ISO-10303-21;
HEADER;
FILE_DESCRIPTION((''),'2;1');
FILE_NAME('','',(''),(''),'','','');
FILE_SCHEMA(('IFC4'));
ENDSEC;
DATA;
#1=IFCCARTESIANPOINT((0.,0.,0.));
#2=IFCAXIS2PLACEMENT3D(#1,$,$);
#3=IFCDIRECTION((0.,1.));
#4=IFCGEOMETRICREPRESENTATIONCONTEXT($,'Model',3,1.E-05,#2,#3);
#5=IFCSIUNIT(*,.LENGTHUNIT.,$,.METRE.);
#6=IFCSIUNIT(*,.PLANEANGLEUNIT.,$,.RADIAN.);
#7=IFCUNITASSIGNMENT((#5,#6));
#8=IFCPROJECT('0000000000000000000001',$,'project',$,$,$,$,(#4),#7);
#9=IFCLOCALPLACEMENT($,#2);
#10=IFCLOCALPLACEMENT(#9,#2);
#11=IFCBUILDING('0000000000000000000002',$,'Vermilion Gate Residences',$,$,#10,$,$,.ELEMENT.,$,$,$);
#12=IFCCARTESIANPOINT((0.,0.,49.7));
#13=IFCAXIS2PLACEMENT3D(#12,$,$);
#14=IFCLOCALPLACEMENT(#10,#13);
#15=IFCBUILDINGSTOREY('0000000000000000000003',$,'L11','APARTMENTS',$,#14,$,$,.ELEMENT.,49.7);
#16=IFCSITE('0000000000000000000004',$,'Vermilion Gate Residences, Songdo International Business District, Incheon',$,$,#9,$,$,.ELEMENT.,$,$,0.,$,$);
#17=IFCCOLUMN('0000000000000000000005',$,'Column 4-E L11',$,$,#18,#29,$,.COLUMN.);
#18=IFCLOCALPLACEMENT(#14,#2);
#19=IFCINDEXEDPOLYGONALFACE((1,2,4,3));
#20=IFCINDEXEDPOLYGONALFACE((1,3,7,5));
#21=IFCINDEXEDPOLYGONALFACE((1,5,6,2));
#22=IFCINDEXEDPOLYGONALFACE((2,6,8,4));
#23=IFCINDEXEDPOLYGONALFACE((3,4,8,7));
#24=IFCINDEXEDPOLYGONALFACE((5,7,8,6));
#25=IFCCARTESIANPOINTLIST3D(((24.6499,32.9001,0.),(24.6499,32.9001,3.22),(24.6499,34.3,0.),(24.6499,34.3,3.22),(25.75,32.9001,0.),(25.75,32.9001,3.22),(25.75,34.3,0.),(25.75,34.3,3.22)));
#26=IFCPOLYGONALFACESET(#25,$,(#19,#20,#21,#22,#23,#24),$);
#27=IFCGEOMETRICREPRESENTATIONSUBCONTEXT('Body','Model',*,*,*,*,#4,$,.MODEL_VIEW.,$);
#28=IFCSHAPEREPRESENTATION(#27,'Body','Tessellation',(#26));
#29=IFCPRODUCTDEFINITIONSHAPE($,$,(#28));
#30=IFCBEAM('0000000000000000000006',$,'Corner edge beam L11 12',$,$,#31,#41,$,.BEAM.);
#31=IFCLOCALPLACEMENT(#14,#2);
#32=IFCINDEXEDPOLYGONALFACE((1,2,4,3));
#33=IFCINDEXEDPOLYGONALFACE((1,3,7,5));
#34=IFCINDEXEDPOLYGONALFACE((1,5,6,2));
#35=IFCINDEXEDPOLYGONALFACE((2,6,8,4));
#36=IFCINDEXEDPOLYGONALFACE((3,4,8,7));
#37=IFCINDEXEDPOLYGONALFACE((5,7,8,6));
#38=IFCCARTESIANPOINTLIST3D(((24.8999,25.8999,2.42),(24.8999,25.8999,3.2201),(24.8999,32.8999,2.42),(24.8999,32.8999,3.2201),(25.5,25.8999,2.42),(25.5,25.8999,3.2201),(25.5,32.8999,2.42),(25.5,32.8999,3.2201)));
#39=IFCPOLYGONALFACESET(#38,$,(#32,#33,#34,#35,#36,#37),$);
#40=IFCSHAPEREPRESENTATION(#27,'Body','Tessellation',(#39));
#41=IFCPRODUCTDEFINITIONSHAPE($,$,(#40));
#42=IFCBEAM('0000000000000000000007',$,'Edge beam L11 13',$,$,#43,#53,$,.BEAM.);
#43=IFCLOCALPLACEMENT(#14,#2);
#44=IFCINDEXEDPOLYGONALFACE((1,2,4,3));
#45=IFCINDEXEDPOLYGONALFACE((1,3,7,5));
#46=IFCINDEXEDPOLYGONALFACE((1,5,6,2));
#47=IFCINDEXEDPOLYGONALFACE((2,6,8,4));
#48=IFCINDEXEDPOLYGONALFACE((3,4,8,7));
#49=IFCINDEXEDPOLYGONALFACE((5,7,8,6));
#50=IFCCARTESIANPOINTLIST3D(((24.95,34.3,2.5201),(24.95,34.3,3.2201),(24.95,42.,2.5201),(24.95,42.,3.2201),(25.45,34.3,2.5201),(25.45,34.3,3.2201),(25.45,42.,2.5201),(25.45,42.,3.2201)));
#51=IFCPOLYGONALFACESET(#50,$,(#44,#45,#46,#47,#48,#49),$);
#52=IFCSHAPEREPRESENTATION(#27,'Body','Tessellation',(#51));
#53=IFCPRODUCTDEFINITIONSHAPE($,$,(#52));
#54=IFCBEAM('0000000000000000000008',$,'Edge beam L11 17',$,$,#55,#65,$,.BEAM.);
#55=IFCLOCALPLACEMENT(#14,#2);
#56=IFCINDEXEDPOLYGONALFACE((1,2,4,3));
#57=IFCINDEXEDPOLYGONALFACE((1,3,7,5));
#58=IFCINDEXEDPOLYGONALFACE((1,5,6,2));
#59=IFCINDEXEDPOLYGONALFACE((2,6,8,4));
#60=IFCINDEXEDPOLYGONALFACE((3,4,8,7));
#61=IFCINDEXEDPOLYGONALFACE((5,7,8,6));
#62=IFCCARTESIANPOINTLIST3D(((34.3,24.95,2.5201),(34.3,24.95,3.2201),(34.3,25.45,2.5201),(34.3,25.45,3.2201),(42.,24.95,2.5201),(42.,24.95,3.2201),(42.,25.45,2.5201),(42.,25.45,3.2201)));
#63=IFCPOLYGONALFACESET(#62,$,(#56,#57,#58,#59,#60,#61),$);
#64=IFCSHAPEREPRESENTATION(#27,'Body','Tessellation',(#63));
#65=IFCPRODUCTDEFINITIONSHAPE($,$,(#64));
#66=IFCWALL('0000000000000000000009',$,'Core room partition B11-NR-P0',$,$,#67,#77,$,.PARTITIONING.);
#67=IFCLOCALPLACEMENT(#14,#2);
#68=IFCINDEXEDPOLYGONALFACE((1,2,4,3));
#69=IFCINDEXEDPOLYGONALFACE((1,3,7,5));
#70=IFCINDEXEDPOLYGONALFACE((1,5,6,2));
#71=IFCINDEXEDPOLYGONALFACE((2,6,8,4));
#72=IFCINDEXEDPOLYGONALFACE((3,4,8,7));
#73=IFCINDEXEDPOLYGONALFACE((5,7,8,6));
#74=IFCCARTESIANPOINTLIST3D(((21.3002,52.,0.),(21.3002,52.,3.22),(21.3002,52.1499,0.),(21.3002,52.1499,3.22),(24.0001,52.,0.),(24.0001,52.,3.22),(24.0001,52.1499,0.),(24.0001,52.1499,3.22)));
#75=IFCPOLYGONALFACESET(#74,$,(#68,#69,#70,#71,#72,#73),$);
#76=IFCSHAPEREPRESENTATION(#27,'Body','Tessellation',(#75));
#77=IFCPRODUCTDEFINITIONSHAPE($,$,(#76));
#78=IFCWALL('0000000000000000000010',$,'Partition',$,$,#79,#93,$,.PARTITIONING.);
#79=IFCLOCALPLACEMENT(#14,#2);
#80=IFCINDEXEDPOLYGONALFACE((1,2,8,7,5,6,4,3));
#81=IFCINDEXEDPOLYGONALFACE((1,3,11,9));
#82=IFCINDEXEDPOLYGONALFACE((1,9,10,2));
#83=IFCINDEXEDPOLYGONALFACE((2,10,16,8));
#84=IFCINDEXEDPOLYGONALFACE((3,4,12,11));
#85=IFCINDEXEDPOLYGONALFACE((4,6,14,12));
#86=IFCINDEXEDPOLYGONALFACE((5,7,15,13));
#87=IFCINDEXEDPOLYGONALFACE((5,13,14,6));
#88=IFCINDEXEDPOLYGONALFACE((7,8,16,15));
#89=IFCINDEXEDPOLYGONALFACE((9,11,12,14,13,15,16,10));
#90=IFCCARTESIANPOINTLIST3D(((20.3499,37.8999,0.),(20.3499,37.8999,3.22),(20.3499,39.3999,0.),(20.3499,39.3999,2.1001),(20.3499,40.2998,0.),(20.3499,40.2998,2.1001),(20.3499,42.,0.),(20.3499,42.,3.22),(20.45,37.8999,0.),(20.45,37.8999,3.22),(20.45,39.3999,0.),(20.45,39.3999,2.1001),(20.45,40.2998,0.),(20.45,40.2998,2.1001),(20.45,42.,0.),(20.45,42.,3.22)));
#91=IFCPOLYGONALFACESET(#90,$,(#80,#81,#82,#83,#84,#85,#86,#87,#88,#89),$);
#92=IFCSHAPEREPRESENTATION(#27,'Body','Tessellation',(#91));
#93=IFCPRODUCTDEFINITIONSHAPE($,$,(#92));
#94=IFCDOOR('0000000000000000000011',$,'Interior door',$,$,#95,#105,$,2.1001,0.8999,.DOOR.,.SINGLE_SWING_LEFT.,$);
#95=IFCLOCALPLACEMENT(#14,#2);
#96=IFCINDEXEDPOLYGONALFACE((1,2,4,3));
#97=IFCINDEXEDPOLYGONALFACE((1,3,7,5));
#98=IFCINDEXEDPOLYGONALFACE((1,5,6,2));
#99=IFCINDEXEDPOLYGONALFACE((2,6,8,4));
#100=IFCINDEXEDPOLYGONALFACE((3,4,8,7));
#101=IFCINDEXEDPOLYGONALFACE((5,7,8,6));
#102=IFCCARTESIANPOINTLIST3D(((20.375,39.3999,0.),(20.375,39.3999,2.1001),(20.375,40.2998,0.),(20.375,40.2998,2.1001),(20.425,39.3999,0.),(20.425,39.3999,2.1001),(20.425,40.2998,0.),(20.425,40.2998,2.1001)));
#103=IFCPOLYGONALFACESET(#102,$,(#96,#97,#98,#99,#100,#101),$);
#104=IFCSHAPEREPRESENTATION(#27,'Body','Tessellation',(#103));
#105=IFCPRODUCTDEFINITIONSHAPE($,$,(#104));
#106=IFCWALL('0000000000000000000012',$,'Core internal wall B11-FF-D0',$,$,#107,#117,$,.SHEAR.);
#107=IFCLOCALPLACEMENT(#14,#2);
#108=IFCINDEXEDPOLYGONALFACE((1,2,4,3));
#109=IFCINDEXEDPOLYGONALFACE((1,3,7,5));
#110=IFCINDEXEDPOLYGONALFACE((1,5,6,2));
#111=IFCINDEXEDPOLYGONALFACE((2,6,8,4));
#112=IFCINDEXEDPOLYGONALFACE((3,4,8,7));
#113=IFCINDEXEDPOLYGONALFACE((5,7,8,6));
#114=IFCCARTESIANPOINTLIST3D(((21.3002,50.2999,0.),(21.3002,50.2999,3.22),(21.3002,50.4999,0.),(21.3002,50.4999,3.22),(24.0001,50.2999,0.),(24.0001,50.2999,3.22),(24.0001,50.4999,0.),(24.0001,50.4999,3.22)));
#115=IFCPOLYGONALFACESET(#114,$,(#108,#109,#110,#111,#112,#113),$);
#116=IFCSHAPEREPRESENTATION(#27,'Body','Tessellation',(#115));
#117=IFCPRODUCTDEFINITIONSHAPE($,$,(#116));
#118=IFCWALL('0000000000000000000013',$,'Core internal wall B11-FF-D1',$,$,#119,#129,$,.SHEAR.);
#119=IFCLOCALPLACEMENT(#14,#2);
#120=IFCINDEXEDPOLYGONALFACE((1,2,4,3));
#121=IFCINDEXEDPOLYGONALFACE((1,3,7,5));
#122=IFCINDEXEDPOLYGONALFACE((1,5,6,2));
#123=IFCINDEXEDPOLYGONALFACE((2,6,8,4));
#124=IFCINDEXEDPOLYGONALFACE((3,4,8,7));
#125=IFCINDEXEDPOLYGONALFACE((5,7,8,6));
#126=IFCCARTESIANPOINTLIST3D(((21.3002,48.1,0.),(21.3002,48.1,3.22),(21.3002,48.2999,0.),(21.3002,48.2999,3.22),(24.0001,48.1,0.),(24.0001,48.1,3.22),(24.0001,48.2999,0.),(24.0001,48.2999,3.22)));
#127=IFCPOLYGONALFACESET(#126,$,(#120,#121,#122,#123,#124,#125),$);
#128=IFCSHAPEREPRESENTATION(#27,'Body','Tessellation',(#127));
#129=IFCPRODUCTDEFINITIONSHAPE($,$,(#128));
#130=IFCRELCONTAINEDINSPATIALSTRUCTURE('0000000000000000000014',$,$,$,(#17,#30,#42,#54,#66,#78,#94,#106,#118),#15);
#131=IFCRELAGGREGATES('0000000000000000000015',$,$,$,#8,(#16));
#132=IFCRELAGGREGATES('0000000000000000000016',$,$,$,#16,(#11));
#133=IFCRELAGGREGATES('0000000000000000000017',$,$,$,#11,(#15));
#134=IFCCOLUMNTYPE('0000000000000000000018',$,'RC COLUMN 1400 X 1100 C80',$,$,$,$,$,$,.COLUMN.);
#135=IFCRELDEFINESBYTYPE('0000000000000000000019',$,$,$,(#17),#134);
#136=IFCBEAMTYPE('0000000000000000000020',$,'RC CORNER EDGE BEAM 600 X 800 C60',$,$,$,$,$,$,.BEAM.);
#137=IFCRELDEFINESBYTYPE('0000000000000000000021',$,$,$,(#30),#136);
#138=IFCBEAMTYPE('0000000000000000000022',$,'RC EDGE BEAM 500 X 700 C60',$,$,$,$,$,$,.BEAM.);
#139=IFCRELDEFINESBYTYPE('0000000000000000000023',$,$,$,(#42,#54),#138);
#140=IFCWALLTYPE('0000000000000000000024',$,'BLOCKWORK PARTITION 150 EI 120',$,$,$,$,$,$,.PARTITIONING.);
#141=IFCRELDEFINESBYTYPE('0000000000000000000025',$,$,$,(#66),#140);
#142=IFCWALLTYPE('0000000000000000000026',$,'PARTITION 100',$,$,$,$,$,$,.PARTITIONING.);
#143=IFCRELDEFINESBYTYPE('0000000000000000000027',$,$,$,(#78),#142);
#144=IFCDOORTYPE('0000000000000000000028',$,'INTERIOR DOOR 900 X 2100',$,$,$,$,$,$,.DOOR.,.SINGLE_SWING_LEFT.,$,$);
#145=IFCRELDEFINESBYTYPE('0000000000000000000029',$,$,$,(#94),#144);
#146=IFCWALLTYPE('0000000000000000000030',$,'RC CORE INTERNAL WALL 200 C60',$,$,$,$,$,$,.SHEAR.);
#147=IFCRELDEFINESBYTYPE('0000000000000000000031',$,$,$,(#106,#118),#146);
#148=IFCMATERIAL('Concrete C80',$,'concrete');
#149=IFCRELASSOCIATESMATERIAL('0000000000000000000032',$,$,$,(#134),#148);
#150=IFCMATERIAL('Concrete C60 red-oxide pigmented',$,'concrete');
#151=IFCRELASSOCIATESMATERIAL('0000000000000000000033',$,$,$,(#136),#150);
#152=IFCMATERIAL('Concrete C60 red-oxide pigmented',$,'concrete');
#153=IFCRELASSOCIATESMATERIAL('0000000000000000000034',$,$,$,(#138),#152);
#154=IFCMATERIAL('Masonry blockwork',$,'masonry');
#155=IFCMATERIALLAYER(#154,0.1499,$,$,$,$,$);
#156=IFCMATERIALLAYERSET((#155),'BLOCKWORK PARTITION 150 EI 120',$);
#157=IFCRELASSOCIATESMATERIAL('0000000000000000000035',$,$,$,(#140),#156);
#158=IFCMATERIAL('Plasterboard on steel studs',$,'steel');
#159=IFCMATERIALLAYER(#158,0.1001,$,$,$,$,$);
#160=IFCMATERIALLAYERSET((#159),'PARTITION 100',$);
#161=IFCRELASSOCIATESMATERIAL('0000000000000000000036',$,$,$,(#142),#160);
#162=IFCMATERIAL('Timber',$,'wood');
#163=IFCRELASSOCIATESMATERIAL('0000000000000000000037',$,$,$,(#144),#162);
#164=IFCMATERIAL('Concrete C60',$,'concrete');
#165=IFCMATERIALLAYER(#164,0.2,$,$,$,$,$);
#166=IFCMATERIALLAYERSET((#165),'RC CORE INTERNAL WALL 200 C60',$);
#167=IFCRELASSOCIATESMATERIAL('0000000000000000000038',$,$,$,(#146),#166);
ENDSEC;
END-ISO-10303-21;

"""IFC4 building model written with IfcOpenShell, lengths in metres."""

from ifc_helpers import new_model, si_unit, direction, frame, frame_2d, origin, origin_2d, place, context, subcontext, project, spatial, rectangle, extrude, material, layer, layer_set, material_profile, profile_set, type_object, element, fill, save


model = new_model("IFC4")

# Units and contexts
model_context = context("Model", 3, precision=1e-05, world=origin(), true_north=direction((0.0, 1.0)))
body_context = subcontext(model_context, "Body", "Model", "MODEL_VIEW")
ifc_project = project(units=[si_unit("LENGTHUNIT", "METRE"), si_unit("PLANEANGLEUNIT", "RADIAN")], contexts=[model_context])

# Site, building, storey
site_placement = place(None, origin())
site = spatial("IfcSite", under=ifc_project, at=site_placement, Name="Vermilion Gate Residences, Songdo International Business District, Incheon", CompositionType="ELEMENT", RefElevation=0.0)
building_placement = place(site_placement, origin())
building = spatial("IfcBuilding", under=site, at=building_placement, Name="Vermilion Gate Residences", CompositionType="ELEMENT")
storey_placement = place(building_placement, frame((0.0, 0.0, 49.7)))
storey = spatial("IfcBuildingStorey", under=building, at=storey_placement, Name="L11", Description="APARTMENTS", CompositionType="ELEMENT", Elevation=49.7)

# Column
ifc_material_1 = material(Name="Concrete C80", Category="concrete")
ifc_material_profile_1 = material_profile(ifc_material_1, rectangle(XDim=1.3999, YDim=1.1001, at=origin_2d()), Name="RC-1400x1100")
ifc_profile_set_1 = profile_set([ifc_material_profile_1], Name="Concrete C80")
column_type = type_object("IfcColumnType", Name="RC COLUMN 1400 X 1100 C80", PredefinedType="COLUMN", material=ifc_profile_set_1)
column_placement = place(storey_placement, frame((25.2, 33.6001, 0.0), z_axis=(0.0, 0.0, 1.0), x_axis=(0.0, 1.0, 0.0)))
element("IfcColumn", 1, at=column_placement, inside=storey, type_object=column_type, Name="Column 4-E L11", PredefinedType="COLUMN", context=body_context, shape_type="SweptSolid", body=[
    extrude(rectangle(XDim=1.3999, YDim=1.1001, at=origin_2d()), origin(), (0.0, 0.0, 1.0), 3.22),
])

# Beams
ifc_material_2 = material(Name="Concrete C60 red-oxide pigmented", Category="concrete")
ifc_material_profile_2 = material_profile(ifc_material_2, rectangle(XDim=0.6001, YDim=0.8, at=origin_2d()), Name="RC-600x800")
ifc_profile_set_2 = profile_set([ifc_material_profile_2], Name="Concrete C60 red-oxide pigmented")
beam_type_1 = type_object("IfcBeamType", Name="RC CORNER EDGE BEAM 600 X 800 C60", PredefinedType="BEAM", material=ifc_profile_set_2)
beam_placement = place(storey_placement, frame((25.2, 25.8999, 2.8201), z_axis=(0.0, 1.0, 0.0), x_axis=(-1.0, 0.0, 0.0)))
element("IfcBeam", 2, at=beam_placement, inside=storey, type_object=beam_type_1, Name="Corner edge beam L11 12", PredefinedType="BEAM", context=body_context, shape_type="SweptSolid", body=[
    extrude(rectangle(XDim=0.6001, YDim=0.8, at=origin_2d()), origin(), (0.0, 0.0, 1.0), 7.0),
])
ifc_material_3 = material(Name="Concrete C60 red-oxide pigmented", Category="concrete")
ifc_material_profile_3 = material_profile(ifc_material_3, rectangle(XDim=0.5, YDim=0.7, at=origin_2d()), Name="RC-500x700")
ifc_profile_set_3 = profile_set([ifc_material_profile_3], Name="Concrete C60 red-oxide pigmented")
beam_type_2 = type_object("IfcBeamType", Name="RC EDGE BEAM 500 X 700 C60", PredefinedType="BEAM", material=ifc_profile_set_3)
for number, where, z_axis, x_axis, name in (
    (3, (25.2, 34.3, 2.8701), (0.0, 1.0, 0.0), (-1.0, 0.0, 0.0), "Edge beam L11 13"),
    (4, (34.3, 25.2, 2.8701), (1.0, 0.0, 0.0), (0.0, 1.0, 0.0), "Edge beam L11 17"),
):
    element("IfcBeam", number, at=place(storey_placement, frame(where, z_axis=z_axis, x_axis=x_axis)), inside=storey, type_object=beam_type_2, Name=name, PredefinedType="BEAM", context=body_context, shape_type="SweptSolid", body=[
        extrude(rectangle(XDim=0.5, YDim=0.7, at=origin_2d()), origin(), (0.0, 0.0, 1.0), 7.7),
    ])

# Wall
ifc_material_4 = material(Name="Masonry blockwork", Category="masonry")
ifc_layer_1 = layer(ifc_material_4, 0.1499)
ifc_layer_set_1 = layer_set([ifc_layer_1], Name="BLOCKWORK PARTITION 150 EI 120")
wall_type_1 = type_object("IfcWallType", Name="BLOCKWORK PARTITION 150 EI 120", PredefinedType="PARTITIONING", material=ifc_layer_set_1)
wall_1_placement = place(storey_placement, frame((21.3, 52.075, 0.0), z_axis=(0.0, 0.0, 1.0), x_axis=(1.0, 0.0, 0.0)))
element("IfcWall", 5, at=wall_1_placement, inside=storey, type_object=wall_type_1, Name="Core room partition B11-NR-P0", PredefinedType="PARTITIONING", context=body_context, shape_type="SweptSolid", body=[
    extrude(rectangle(XDim=2.7, YDim=0.1499, at=frame_2d((1.3501, 0.0))), origin(), (0.0, 0.0, 1.0), 3.22),
])

# Wall, opening, door
ifc_material_5 = material(Name="Plasterboard on steel studs", Category="steel")
ifc_layer_2 = layer(ifc_material_5, 0.1001)
ifc_layer_set_2 = layer_set([ifc_layer_2], Name="PARTITION 100")
wall_type_2 = type_object("IfcWallType", Name="PARTITION 100", PredefinedType="PARTITIONING", material=ifc_layer_set_2)
wall_2_placement = place(storey_placement, frame((20.3999, 37.8999, 0.0), z_axis=(0.0, 0.0, 1.0), x_axis=(0.0, 1.0, 0.0)))
wall_2 = element("IfcWall", 6, at=wall_2_placement, inside=storey, type_object=wall_type_2, Name="Partition", PredefinedType="PARTITIONING", context=body_context, shape_type="SweptSolid", body=[
    extrude(rectangle(XDim=4.1001, YDim=0.1001, at=frame_2d((2.05, 0.0))), origin(), (0.0, 0.0, 1.0), 3.22),
])
opening_1_placement = place(wall_2_placement, frame((1.5, 0.0, 0.0)))
opening_1 = element("IfcOpeningElement", 7, at=opening_1_placement, cuts=wall_2, PredefinedType="OPENING", context=body_context, shape_type="SweptSolid", body=[
    extrude(rectangle(XDim=0.8999, YDim=2.1001, at=frame_2d((0.45, 1.05))), frame((0.0, 0.0601, 0.0), z_axis=(0.0, -1.0, 0.0), x_axis=(1.0, 0.0, 0.0)), (0.0, 0.0, 1.0), 0.1201),
])
ifc_material_6 = material(Name="Timber", Category="wood")
door_type_1 = type_object("IfcDoorType", Name="INTERIOR DOOR 900 X 2100", OperationType="SINGLE_SWING_LEFT", PredefinedType="DOOR", material=ifc_material_6)
door_1_placement = place(opening_1_placement, origin())
door_1 = element("IfcDoor", 8, at=door_1_placement, inside=storey, type_object=door_type_1, Name="Interior door", OperationType="SINGLE_SWING_LEFT", OverallHeight=2.1001, OverallWidth=0.8999, PredefinedType="DOOR", context=body_context, shape_type="SweptSolid", body=[
    extrude(rectangle(XDim=0.8999, YDim=2.1001, at=frame_2d((0.45, 1.05))), frame((0.0, 0.0249, 0.0), z_axis=(0.0, -1.0, 0.0), x_axis=(1.0, 0.0, 0.0)), (0.0, 0.0, 1.0), 0.05),
])
fill(opening_1, door_1)

# Walls
ifc_material_7 = material(Name="Concrete C60", Category="concrete")
ifc_layer_3 = layer(ifc_material_7, 0.2)
ifc_layer_set_3 = layer_set([ifc_layer_3], Name="RC CORE INTERNAL WALL 200 C60")
wall_type_3 = type_object("IfcWallType", Name="RC CORE INTERNAL WALL 200 C60", PredefinedType="SHEAR", material=ifc_layer_set_3)
for number, where, z_axis, x_axis, name in (
    (9, (21.3, 50.3999, 0.0), (0.0, 0.0, 1.0), (1.0, 0.0, 0.0), "Core internal wall B11-FF-D0"),
    (10, (21.3, 48.2, 0.0), (0.0, 0.0, 1.0), (1.0, 0.0, 0.0), "Core internal wall B11-FF-D1"),
):
    element("IfcWall", number, at=place(storey_placement, frame(where, z_axis=z_axis, x_axis=x_axis)), inside=storey, type_object=wall_type_3, Name=name, PredefinedType="SHEAR", context=body_context, shape_type="SweptSolid", body=[
        extrude(rectangle(XDim=2.7, YDim=0.2, at=frame_2d((1.3501, 0.0))), origin(), (0.0, 0.0, 1.0), 3.22),
    ])

save(model, "model.ifc")
